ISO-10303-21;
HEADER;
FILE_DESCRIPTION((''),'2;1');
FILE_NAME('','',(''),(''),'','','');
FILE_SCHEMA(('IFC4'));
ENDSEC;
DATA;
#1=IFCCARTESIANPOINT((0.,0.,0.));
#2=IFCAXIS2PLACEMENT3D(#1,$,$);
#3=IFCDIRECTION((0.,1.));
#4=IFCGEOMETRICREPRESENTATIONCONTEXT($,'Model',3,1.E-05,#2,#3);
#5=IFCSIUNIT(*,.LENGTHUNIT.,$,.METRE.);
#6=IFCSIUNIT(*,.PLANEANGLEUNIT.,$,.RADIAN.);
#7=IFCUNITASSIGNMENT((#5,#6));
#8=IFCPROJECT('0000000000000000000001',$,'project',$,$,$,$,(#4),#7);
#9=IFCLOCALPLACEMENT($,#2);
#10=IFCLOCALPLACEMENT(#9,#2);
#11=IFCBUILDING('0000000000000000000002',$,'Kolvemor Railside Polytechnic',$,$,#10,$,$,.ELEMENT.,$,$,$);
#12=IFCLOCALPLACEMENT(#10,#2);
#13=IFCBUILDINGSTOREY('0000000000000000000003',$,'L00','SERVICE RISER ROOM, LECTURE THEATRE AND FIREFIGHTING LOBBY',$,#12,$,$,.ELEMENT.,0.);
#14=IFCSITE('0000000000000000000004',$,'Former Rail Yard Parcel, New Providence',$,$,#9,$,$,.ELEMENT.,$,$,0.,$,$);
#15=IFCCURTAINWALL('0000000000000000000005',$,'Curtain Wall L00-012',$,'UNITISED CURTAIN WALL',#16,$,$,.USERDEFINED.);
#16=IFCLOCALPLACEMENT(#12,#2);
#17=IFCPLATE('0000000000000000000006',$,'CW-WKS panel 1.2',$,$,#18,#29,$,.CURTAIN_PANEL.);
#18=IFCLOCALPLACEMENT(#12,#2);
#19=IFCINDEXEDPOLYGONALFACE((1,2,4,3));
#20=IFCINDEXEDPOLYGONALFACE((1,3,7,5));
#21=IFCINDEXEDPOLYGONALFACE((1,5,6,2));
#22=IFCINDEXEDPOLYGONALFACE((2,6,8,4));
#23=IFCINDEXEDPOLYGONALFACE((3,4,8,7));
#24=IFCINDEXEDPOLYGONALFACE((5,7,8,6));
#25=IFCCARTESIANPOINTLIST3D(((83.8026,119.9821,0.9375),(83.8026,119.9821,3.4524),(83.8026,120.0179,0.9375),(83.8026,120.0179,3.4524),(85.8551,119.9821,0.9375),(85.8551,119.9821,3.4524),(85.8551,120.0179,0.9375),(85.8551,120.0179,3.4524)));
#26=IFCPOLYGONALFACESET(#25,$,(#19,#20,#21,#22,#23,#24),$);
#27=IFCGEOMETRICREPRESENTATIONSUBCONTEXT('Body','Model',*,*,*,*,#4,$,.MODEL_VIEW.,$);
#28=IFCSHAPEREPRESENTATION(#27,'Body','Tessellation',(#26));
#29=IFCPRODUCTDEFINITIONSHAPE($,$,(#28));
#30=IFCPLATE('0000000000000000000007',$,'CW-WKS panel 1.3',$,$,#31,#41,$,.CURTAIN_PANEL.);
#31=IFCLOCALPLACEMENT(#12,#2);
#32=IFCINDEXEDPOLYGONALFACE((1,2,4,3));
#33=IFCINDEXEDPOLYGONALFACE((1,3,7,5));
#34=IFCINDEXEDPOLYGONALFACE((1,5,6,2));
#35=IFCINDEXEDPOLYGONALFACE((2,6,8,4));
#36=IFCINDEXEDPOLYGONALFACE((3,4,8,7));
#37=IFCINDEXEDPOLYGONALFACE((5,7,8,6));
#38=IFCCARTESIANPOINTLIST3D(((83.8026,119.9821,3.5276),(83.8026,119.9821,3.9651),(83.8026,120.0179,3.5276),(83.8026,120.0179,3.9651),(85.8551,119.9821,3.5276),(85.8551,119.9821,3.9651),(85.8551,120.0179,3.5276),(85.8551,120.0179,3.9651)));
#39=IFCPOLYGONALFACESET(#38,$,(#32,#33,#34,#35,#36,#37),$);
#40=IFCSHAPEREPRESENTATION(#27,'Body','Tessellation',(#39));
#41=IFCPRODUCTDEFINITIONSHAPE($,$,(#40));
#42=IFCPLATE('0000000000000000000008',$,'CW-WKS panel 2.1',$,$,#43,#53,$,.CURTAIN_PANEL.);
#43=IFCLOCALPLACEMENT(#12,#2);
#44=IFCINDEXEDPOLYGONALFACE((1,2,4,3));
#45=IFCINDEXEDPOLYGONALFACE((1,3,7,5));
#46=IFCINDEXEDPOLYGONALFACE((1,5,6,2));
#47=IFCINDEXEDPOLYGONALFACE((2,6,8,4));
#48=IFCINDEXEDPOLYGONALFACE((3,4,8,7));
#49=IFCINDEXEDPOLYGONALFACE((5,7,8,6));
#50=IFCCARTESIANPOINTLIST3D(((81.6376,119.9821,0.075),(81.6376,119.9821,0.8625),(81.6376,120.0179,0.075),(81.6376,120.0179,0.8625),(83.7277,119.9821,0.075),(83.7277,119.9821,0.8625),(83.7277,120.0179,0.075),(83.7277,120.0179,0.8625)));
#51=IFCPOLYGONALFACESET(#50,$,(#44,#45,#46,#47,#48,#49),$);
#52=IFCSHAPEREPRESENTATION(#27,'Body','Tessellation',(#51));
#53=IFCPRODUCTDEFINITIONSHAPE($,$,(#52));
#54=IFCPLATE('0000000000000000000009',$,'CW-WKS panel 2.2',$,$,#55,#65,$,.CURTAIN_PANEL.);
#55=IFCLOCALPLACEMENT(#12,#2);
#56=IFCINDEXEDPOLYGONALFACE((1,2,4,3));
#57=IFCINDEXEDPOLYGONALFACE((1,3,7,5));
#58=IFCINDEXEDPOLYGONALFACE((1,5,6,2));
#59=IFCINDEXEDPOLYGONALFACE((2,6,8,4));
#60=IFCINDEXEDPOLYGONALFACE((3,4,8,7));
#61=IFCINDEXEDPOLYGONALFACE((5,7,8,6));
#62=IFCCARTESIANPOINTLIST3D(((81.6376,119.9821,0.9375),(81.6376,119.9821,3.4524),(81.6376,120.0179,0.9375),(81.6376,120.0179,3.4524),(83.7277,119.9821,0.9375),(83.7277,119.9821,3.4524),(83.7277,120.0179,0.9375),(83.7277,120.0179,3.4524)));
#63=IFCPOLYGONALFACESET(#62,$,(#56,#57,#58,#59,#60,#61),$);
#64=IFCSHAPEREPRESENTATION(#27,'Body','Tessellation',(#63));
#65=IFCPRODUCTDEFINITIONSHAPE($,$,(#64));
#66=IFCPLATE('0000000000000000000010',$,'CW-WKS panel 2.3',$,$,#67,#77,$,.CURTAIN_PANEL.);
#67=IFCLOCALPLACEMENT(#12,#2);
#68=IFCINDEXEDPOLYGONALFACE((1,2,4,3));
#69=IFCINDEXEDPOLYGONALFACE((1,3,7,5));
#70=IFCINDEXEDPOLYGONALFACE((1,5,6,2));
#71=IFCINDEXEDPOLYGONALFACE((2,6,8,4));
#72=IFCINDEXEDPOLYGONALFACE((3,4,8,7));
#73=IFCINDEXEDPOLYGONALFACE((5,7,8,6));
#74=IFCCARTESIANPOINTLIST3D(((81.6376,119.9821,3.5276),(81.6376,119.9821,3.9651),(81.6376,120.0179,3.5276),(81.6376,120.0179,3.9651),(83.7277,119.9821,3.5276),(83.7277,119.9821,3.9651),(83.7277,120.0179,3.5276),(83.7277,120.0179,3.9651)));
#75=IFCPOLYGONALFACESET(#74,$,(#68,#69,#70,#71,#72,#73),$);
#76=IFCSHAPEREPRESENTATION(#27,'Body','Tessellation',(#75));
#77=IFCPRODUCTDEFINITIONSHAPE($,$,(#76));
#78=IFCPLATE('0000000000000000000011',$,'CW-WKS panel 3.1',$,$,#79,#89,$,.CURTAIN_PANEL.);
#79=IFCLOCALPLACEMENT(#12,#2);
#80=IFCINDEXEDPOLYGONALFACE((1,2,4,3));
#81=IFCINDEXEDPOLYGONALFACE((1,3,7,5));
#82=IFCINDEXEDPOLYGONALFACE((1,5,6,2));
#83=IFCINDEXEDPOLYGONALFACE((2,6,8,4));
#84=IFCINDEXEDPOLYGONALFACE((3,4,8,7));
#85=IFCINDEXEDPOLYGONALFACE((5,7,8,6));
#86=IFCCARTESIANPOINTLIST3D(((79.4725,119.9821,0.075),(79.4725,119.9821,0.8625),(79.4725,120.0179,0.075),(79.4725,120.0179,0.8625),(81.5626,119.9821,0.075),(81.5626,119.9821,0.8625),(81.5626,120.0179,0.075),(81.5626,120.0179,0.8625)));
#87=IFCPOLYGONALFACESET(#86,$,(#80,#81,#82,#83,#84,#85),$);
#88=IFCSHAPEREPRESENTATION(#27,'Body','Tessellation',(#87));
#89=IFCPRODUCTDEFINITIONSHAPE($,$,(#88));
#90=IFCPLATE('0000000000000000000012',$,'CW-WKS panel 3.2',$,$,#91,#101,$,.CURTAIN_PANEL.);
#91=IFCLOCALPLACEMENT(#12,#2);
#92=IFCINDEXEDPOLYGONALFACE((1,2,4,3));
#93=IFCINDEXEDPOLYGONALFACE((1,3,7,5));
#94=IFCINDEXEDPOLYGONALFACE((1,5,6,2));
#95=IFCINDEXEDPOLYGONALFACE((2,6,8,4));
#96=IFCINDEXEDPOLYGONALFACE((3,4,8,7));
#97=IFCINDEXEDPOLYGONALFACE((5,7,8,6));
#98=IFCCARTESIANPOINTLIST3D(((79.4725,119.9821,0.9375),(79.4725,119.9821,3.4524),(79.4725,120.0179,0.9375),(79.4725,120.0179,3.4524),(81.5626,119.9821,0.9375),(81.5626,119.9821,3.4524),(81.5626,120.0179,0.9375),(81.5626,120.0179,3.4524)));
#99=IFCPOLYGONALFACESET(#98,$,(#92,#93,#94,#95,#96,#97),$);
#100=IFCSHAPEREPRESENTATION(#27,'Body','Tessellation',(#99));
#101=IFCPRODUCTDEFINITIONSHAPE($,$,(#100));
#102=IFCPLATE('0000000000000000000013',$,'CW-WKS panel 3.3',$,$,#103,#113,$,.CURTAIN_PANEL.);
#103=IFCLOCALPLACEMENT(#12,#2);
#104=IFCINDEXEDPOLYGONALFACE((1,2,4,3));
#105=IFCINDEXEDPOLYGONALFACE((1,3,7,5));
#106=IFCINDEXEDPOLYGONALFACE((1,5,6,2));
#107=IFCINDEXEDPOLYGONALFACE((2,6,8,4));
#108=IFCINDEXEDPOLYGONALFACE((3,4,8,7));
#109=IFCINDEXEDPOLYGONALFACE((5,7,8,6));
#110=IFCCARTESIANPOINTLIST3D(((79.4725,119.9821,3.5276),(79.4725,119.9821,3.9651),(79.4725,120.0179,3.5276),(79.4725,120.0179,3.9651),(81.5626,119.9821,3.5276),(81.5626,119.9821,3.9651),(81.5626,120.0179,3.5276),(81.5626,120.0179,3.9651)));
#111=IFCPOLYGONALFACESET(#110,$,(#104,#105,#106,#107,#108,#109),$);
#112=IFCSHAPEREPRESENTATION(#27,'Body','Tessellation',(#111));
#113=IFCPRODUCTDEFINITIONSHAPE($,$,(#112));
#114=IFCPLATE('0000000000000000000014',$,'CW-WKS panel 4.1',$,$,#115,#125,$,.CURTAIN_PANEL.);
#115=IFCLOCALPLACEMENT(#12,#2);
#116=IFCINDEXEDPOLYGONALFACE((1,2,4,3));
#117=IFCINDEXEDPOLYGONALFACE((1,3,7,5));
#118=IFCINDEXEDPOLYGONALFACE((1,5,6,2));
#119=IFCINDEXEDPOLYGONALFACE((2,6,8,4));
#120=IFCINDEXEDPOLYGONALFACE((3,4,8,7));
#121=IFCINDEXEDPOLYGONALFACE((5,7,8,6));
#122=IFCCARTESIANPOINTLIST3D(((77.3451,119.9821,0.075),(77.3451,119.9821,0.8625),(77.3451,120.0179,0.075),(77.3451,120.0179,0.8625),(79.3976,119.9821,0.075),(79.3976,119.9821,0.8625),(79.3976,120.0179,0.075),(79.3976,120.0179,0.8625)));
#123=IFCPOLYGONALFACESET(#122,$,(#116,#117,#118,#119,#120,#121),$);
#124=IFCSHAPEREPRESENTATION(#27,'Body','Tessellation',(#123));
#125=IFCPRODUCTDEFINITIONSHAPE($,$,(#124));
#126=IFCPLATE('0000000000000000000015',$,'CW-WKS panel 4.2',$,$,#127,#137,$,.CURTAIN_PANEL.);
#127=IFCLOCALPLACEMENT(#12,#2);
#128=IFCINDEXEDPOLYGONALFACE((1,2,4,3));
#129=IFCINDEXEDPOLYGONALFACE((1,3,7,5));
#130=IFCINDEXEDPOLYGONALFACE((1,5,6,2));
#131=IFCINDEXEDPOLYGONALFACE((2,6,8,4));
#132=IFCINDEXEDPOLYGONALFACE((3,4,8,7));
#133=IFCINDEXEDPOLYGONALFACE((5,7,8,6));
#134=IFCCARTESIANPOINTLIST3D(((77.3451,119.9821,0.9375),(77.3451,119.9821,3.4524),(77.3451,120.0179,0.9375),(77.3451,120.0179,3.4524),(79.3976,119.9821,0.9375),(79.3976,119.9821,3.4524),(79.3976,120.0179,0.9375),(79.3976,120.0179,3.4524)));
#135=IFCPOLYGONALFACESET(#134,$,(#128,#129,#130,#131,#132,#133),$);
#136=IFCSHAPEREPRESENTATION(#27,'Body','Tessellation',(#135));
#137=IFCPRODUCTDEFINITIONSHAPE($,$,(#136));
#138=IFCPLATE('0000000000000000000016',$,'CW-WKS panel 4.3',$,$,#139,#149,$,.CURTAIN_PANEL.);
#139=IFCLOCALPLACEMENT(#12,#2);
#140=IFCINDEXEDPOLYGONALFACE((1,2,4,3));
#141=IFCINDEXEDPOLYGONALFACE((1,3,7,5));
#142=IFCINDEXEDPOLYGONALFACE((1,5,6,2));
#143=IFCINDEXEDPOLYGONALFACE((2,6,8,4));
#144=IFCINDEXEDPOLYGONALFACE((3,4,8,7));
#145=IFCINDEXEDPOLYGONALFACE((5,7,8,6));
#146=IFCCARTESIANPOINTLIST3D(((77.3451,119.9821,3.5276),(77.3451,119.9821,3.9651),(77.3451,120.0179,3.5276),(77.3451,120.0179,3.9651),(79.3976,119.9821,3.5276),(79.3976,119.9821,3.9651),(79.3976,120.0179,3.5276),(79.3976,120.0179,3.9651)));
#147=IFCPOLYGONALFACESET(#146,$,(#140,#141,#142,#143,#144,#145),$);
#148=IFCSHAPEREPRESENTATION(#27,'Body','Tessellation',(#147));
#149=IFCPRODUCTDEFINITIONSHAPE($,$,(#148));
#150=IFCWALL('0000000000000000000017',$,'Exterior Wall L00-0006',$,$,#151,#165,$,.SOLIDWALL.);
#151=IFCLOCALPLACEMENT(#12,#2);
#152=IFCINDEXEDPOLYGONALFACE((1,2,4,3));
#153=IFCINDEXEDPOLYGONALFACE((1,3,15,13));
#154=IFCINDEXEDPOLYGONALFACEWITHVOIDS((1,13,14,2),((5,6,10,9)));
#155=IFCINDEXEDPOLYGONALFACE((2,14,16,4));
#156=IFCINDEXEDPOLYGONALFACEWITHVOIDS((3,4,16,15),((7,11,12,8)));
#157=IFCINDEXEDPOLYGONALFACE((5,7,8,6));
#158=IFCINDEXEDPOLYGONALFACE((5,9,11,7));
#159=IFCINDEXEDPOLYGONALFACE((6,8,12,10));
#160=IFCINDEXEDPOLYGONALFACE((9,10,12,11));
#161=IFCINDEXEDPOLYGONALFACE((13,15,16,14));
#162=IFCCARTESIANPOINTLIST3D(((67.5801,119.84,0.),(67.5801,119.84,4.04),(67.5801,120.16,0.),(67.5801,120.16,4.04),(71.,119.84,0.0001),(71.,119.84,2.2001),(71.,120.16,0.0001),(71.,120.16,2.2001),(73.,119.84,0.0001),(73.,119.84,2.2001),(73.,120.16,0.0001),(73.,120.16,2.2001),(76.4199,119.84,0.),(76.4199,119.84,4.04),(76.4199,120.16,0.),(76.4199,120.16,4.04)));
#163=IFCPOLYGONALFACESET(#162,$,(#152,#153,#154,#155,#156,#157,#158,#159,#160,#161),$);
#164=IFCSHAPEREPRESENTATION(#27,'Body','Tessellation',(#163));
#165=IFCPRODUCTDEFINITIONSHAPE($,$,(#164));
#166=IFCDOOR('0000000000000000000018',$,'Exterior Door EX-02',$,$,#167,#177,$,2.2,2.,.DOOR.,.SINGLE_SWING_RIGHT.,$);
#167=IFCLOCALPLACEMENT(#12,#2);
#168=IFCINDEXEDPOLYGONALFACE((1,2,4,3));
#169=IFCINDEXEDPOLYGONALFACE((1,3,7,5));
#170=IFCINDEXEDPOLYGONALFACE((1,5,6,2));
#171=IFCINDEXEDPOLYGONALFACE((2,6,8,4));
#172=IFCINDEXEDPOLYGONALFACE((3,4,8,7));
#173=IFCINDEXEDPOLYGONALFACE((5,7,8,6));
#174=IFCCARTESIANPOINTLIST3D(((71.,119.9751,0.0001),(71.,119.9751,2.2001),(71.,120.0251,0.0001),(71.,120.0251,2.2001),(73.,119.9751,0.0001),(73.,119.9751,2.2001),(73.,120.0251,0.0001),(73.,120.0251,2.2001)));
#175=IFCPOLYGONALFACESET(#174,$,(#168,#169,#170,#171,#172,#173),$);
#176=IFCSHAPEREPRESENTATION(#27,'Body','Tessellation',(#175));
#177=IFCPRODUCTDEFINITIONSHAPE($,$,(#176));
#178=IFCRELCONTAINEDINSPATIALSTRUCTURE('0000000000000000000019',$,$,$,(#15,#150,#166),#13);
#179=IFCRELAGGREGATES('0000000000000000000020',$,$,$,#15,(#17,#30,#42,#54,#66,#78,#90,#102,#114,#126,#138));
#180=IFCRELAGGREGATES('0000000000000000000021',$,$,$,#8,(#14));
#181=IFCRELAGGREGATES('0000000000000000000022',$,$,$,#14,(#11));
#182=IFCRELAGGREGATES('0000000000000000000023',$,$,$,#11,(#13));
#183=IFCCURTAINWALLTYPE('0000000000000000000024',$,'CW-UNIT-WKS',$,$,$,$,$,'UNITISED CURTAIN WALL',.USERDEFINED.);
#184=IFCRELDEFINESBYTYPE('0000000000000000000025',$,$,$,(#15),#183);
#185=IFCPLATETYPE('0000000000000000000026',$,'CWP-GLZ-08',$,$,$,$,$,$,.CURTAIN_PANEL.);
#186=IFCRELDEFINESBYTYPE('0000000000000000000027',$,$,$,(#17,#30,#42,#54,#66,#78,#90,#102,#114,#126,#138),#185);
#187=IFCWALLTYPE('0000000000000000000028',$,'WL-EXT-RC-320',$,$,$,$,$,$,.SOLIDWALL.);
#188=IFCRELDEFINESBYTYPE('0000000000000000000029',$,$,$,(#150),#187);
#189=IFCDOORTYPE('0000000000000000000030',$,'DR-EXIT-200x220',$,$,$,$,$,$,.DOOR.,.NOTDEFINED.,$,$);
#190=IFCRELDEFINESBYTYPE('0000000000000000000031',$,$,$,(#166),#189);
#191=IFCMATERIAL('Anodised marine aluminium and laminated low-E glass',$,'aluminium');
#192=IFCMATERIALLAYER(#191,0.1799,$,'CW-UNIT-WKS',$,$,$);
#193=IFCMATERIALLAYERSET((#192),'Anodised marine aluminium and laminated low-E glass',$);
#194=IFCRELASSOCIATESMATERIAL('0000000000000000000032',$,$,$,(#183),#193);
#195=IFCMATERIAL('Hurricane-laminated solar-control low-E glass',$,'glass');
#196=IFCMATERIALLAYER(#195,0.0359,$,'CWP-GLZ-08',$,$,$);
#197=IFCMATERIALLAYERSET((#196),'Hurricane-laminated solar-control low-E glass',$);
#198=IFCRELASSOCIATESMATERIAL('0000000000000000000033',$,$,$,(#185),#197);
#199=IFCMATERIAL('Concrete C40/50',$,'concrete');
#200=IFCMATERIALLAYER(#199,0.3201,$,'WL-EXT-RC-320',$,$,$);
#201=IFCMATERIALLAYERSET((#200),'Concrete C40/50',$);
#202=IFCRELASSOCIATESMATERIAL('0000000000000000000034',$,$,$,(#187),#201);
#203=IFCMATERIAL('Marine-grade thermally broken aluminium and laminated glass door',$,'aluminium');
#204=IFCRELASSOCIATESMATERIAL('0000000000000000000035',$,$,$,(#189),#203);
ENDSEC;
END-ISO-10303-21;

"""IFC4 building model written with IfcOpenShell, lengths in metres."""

from ifc_helpers import new_model, si_unit, direction, frame, frame_2d, origin, origin_2d, place, context, subcontext, project, spatial, rectangle, extrude, material, layer, layer_set, type_object, element, fill, aggregate, save


model = new_model("IFC4")

# Units and contexts
model_context = context("Model", 3, precision=1e-05, world=origin(), true_north=direction((0.0, 1.0)))
body_context = subcontext(model_context, "Body", "Model", "MODEL_VIEW")
ifc_project = project(units=[si_unit("LENGTHUNIT", "METRE"), si_unit("PLANEANGLEUNIT", "RADIAN")], contexts=[model_context])

# Site, building, storey
site_placement = place(None, origin())
site = spatial("IfcSite", under=ifc_project, at=site_placement, Name="Former Rail Yard Parcel, New Providence", CompositionType="ELEMENT", RefElevation=0.0)
building_placement = place(site_placement, origin())
building = spatial("IfcBuilding", under=site, at=building_placement, Name="Kolvemor Railside Polytechnic", CompositionType="ELEMENT")
storey_placement = place(building_placement, origin())
storey = spatial("IfcBuildingStorey", under=building, at=storey_placement, Name="L00", Description="SERVICE RISER ROOM, LECTURE THEATRE AND FIREFIGHTING LOBBY", CompositionType="ELEMENT", Elevation=0.0)

# Curtain wall, plates
ifc_material_1 = material(Name="Anodised marine aluminium and laminated low-E glass", Category="aluminium")
ifc_layer_1 = layer(ifc_material_1, 0.1799, Name="CW-UNIT-WKS")
ifc_layer_set_1 = layer_set([ifc_layer_1], Name="Anodised marine aluminium and laminated low-E glass")
curtain_wall_type = type_object("IfcCurtainWallType", Name="CW-UNIT-WKS", ElementType="UNITISED CURTAIN WALL", PredefinedType="USERDEFINED", material=ifc_layer_set_1)
curtain_wall_placement = place(storey_placement, origin())
curtain_wall = element("IfcCurtainWall", 1, at=curtain_wall_placement, inside=storey, type_object=curtain_wall_type, Name="Curtain Wall L00-012", ObjectType="UNITISED CURTAIN WALL", PredefinedType="USERDEFINED")
ifc_material_2 = material(Name="Hurricane-laminated solar-control low-E glass", Category="glass")
ifc_layer_2 = layer(ifc_material_2, 0.0359, Name="CWP-GLZ-08")
ifc_layer_set_2 = layer_set([ifc_layer_2], Name="Hurricane-laminated solar-control low-E glass")
plate_type = type_object("IfcPlateType", Name="CWP-GLZ-08", PredefinedType="CURTAIN_PANEL", material=ifc_layer_set_2)
plate_1_placement = place(storey_placement, frame((84.8289, 120.0, 0.9375), z_axis=(0.0, 0.0, 1.0), x_axis=(-1.0, 0.0, 0.0)))
plate_1 = element("IfcPlate", 2, at=plate_1_placement, type_object=plate_type, Name="CW-WKS panel 1.2", PredefinedType="CURTAIN_PANEL", context=body_context, shape_type="SweptSolid", body=[
    extrude(rectangle(XDim=2.0525, YDim=0.0359, at=origin_2d()), origin(), (0.0, 0.0, 1.0), 2.5149),
])
plate_2_placement = place(storey_placement, frame((84.8289, 120.0, 3.5276), z_axis=(0.0, 0.0, 1.0), x_axis=(-1.0, 0.0, 0.0)))
plate_2 = element("IfcPlate", 3, at=plate_2_placement, type_object=plate_type, Name="CW-WKS panel 1.3", PredefinedType="CURTAIN_PANEL", context=body_context, shape_type="SweptSolid", body=[
    extrude(rectangle(XDim=2.0525, YDim=0.0359, at=origin_2d()), origin(), (0.0, 0.0, 1.0), 0.4375),
])
plate_3_placement = place(storey_placement, frame((82.6826, 120.0, 0.075), z_axis=(0.0, 0.0, 1.0), x_axis=(-1.0, 0.0, 0.0)))
plate_3 = element("IfcPlate", 4, at=plate_3_placement, type_object=plate_type, Name="CW-WKS panel 2.1", PredefinedType="CURTAIN_PANEL", context=body_context, shape_type="SweptSolid", body=[
    extrude(rectangle(XDim=2.0901, YDim=0.0359, at=origin_2d()), origin(), (0.0, 0.0, 1.0), 0.7876),
])
plate_4_placement = place(storey_placement, frame((82.6826, 120.0, 0.9375), z_axis=(0.0, 0.0, 1.0), x_axis=(-1.0, 0.0, 0.0)))
plate_4 = element("IfcPlate", 5, at=plate_4_placement, type_object=plate_type, Name="CW-WKS panel 2.2", PredefinedType="CURTAIN_PANEL", context=body_context, shape_type="SweptSolid", body=[
    extrude(rectangle(XDim=2.0901, YDim=0.0359, at=origin_2d()), origin(), (0.0, 0.0, 1.0), 2.5149),
])
plate_5_placement = place(storey_placement, frame((82.6826, 120.0, 3.5276), z_axis=(0.0, 0.0, 1.0), x_axis=(-1.0, 0.0, 0.0)))
plate_5 = element("IfcPlate", 6, at=plate_5_placement, type_object=plate_type, Name="CW-WKS panel 2.3", PredefinedType="CURTAIN_PANEL", context=body_context, shape_type="SweptSolid", body=[
    extrude(rectangle(XDim=2.0901, YDim=0.0359, at=origin_2d()), origin(), (0.0, 0.0, 1.0), 0.4375),
])
plate_6_placement = place(storey_placement, frame((80.5176, 120.0, 0.075), z_axis=(0.0, 0.0, 1.0), x_axis=(-1.0, 0.0, 0.0)))
plate_6 = element("IfcPlate", 7, at=plate_6_placement, type_object=plate_type, Name="CW-WKS panel 3.1", PredefinedType="CURTAIN_PANEL", context=body_context, shape_type="SweptSolid", body=[
    extrude(rectangle(XDim=2.0901, YDim=0.0359, at=origin_2d()), origin(), (0.0, 0.0, 1.0), 0.7876),
])
plate_7_placement = place(storey_placement, frame((80.5176, 120.0, 0.9375), z_axis=(0.0, 0.0, 1.0), x_axis=(-1.0, 0.0, 0.0)))
plate_7 = element("IfcPlate", 8, at=plate_7_placement, type_object=plate_type, Name="CW-WKS panel 3.2", PredefinedType="CURTAIN_PANEL", context=body_context, shape_type="SweptSolid", body=[
    extrude(rectangle(XDim=2.0901, YDim=0.0359, at=origin_2d()), origin(), (0.0, 0.0, 1.0), 2.5149),
])
plate_8_placement = place(storey_placement, frame((80.5176, 120.0, 3.5276), z_axis=(0.0, 0.0, 1.0), x_axis=(-1.0, 0.0, 0.0)))
plate_8 = element("IfcPlate", 9, at=plate_8_placement, type_object=plate_type, Name="CW-WKS panel 3.3", PredefinedType="CURTAIN_PANEL", context=body_context, shape_type="SweptSolid", body=[
    extrude(rectangle(XDim=2.0901, YDim=0.0359, at=origin_2d()), origin(), (0.0, 0.0, 1.0), 0.4375),
])
plate_9_placement = place(storey_placement, frame((78.3713, 120.0, 0.075), z_axis=(0.0, 0.0, 1.0), x_axis=(-1.0, 0.0, 0.0)))
plate_9 = element("IfcPlate", 10, at=plate_9_placement, type_object=plate_type, Name="CW-WKS panel 4.1", PredefinedType="CURTAIN_PANEL", context=body_context, shape_type="SweptSolid", body=[
    extrude(rectangle(XDim=2.0525, YDim=0.0359, at=origin_2d()), origin(), (0.0, 0.0, 1.0), 0.7876),
])
plate_10_placement = place(storey_placement, frame((78.3713, 120.0, 0.9375), z_axis=(0.0, 0.0, 1.0), x_axis=(-1.0, 0.0, 0.0)))
plate_10 = element("IfcPlate", 11, at=plate_10_placement, type_object=plate_type, Name="CW-WKS panel 4.2", PredefinedType="CURTAIN_PANEL", context=body_context, shape_type="SweptSolid", body=[
    extrude(rectangle(XDim=2.0525, YDim=0.0359, at=origin_2d()), origin(), (0.0, 0.0, 1.0), 2.5149),
])
plate_11_placement = place(storey_placement, frame((78.3713, 120.0, 3.5276), z_axis=(0.0, 0.0, 1.0), x_axis=(-1.0, 0.0, 0.0)))
plate_11 = element("IfcPlate", 12, at=plate_11_placement, type_object=plate_type, Name="CW-WKS panel 4.3", PredefinedType="CURTAIN_PANEL", context=body_context, shape_type="SweptSolid", body=[
    extrude(rectangle(XDim=2.0525, YDim=0.0359, at=origin_2d()), origin(), (0.0, 0.0, 1.0), 0.4375),
])
aggregate(curtain_wall, [plate_1, plate_2, plate_3, plate_4, plate_5, plate_6, plate_7, plate_8, plate_9, plate_10, plate_11])

# Wall, opening, door
ifc_material_3 = material(Name="Concrete C40/50", Category="concrete")
ifc_layer_3 = layer(ifc_material_3, 0.3201, Name="WL-EXT-RC-320")
ifc_layer_set_3 = layer_set([ifc_layer_3], Name="Concrete C40/50")
wall_type = type_object("IfcWallType", Name="WL-EXT-RC-320", PredefinedType="SOLIDWALL", material=ifc_layer_set_3)
wall_placement = place(storey_placement, frame((76.4199, 120.0, 0.0), z_axis=(0.0, 0.0, 1.0), x_axis=(-1.0, 0.0, 0.0)))
wall = element("IfcWall", 13, at=wall_placement, inside=storey, type_object=wall_type, Name="Exterior Wall L00-0006", PredefinedType="SOLIDWALL", context=body_context, shape_type="SweptSolid", body=[
    extrude(rectangle(XDim=8.8398, YDim=0.3201, at=frame_2d((4.4199, 0.0))), origin(), (0.0, 0.0, 1.0), 4.04),
])
opening_placement = place(wall_placement, frame((3.4199, 0.0, 0.0)))
opening = element("IfcOpeningElement", 14, at=opening_placement, cuts=wall, PredefinedType="OPENING", context=body_context, shape_type="SweptSolid", body=[
    extrude(rectangle(XDim=2.0, YDim=2.2, at=frame_2d((1.0, 1.1001))), frame((0.0, 0.1699, 0.0), z_axis=(0.0, -1.0, 0.0), x_axis=(1.0, 0.0, 0.0)), (0.0, 0.0, 1.0), 0.3401),
])
ifc_material_4 = material(Name="Marine-grade thermally broken aluminium and laminated glass door", Category="aluminium")
door_type = type_object("IfcDoorType", Name="DR-EXIT-200x220", OperationType="NOTDEFINED", PredefinedType="DOOR", material=ifc_material_4)
door_placement = place(opening_placement, origin())
door = element("IfcDoor", 15, at=door_placement, inside=storey, type_object=door_type, Name="Exterior Door EX-02", OperationType="SINGLE_SWING_RIGHT", OverallHeight=2.2, OverallWidth=2.0, PredefinedType="DOOR", context=body_context, shape_type="SweptSolid", body=[
    extrude(rectangle(XDim=2.0, YDim=2.2, at=frame_2d((1.0, 1.1001))), frame((0.0, 0.0249, 0.0), z_axis=(0.0, -1.0, 0.0), x_axis=(1.0, 0.0, 0.0)), (0.0, 0.0, 1.0), 0.05),
])
fill(opening, door)

save(model, "model.ifc")
